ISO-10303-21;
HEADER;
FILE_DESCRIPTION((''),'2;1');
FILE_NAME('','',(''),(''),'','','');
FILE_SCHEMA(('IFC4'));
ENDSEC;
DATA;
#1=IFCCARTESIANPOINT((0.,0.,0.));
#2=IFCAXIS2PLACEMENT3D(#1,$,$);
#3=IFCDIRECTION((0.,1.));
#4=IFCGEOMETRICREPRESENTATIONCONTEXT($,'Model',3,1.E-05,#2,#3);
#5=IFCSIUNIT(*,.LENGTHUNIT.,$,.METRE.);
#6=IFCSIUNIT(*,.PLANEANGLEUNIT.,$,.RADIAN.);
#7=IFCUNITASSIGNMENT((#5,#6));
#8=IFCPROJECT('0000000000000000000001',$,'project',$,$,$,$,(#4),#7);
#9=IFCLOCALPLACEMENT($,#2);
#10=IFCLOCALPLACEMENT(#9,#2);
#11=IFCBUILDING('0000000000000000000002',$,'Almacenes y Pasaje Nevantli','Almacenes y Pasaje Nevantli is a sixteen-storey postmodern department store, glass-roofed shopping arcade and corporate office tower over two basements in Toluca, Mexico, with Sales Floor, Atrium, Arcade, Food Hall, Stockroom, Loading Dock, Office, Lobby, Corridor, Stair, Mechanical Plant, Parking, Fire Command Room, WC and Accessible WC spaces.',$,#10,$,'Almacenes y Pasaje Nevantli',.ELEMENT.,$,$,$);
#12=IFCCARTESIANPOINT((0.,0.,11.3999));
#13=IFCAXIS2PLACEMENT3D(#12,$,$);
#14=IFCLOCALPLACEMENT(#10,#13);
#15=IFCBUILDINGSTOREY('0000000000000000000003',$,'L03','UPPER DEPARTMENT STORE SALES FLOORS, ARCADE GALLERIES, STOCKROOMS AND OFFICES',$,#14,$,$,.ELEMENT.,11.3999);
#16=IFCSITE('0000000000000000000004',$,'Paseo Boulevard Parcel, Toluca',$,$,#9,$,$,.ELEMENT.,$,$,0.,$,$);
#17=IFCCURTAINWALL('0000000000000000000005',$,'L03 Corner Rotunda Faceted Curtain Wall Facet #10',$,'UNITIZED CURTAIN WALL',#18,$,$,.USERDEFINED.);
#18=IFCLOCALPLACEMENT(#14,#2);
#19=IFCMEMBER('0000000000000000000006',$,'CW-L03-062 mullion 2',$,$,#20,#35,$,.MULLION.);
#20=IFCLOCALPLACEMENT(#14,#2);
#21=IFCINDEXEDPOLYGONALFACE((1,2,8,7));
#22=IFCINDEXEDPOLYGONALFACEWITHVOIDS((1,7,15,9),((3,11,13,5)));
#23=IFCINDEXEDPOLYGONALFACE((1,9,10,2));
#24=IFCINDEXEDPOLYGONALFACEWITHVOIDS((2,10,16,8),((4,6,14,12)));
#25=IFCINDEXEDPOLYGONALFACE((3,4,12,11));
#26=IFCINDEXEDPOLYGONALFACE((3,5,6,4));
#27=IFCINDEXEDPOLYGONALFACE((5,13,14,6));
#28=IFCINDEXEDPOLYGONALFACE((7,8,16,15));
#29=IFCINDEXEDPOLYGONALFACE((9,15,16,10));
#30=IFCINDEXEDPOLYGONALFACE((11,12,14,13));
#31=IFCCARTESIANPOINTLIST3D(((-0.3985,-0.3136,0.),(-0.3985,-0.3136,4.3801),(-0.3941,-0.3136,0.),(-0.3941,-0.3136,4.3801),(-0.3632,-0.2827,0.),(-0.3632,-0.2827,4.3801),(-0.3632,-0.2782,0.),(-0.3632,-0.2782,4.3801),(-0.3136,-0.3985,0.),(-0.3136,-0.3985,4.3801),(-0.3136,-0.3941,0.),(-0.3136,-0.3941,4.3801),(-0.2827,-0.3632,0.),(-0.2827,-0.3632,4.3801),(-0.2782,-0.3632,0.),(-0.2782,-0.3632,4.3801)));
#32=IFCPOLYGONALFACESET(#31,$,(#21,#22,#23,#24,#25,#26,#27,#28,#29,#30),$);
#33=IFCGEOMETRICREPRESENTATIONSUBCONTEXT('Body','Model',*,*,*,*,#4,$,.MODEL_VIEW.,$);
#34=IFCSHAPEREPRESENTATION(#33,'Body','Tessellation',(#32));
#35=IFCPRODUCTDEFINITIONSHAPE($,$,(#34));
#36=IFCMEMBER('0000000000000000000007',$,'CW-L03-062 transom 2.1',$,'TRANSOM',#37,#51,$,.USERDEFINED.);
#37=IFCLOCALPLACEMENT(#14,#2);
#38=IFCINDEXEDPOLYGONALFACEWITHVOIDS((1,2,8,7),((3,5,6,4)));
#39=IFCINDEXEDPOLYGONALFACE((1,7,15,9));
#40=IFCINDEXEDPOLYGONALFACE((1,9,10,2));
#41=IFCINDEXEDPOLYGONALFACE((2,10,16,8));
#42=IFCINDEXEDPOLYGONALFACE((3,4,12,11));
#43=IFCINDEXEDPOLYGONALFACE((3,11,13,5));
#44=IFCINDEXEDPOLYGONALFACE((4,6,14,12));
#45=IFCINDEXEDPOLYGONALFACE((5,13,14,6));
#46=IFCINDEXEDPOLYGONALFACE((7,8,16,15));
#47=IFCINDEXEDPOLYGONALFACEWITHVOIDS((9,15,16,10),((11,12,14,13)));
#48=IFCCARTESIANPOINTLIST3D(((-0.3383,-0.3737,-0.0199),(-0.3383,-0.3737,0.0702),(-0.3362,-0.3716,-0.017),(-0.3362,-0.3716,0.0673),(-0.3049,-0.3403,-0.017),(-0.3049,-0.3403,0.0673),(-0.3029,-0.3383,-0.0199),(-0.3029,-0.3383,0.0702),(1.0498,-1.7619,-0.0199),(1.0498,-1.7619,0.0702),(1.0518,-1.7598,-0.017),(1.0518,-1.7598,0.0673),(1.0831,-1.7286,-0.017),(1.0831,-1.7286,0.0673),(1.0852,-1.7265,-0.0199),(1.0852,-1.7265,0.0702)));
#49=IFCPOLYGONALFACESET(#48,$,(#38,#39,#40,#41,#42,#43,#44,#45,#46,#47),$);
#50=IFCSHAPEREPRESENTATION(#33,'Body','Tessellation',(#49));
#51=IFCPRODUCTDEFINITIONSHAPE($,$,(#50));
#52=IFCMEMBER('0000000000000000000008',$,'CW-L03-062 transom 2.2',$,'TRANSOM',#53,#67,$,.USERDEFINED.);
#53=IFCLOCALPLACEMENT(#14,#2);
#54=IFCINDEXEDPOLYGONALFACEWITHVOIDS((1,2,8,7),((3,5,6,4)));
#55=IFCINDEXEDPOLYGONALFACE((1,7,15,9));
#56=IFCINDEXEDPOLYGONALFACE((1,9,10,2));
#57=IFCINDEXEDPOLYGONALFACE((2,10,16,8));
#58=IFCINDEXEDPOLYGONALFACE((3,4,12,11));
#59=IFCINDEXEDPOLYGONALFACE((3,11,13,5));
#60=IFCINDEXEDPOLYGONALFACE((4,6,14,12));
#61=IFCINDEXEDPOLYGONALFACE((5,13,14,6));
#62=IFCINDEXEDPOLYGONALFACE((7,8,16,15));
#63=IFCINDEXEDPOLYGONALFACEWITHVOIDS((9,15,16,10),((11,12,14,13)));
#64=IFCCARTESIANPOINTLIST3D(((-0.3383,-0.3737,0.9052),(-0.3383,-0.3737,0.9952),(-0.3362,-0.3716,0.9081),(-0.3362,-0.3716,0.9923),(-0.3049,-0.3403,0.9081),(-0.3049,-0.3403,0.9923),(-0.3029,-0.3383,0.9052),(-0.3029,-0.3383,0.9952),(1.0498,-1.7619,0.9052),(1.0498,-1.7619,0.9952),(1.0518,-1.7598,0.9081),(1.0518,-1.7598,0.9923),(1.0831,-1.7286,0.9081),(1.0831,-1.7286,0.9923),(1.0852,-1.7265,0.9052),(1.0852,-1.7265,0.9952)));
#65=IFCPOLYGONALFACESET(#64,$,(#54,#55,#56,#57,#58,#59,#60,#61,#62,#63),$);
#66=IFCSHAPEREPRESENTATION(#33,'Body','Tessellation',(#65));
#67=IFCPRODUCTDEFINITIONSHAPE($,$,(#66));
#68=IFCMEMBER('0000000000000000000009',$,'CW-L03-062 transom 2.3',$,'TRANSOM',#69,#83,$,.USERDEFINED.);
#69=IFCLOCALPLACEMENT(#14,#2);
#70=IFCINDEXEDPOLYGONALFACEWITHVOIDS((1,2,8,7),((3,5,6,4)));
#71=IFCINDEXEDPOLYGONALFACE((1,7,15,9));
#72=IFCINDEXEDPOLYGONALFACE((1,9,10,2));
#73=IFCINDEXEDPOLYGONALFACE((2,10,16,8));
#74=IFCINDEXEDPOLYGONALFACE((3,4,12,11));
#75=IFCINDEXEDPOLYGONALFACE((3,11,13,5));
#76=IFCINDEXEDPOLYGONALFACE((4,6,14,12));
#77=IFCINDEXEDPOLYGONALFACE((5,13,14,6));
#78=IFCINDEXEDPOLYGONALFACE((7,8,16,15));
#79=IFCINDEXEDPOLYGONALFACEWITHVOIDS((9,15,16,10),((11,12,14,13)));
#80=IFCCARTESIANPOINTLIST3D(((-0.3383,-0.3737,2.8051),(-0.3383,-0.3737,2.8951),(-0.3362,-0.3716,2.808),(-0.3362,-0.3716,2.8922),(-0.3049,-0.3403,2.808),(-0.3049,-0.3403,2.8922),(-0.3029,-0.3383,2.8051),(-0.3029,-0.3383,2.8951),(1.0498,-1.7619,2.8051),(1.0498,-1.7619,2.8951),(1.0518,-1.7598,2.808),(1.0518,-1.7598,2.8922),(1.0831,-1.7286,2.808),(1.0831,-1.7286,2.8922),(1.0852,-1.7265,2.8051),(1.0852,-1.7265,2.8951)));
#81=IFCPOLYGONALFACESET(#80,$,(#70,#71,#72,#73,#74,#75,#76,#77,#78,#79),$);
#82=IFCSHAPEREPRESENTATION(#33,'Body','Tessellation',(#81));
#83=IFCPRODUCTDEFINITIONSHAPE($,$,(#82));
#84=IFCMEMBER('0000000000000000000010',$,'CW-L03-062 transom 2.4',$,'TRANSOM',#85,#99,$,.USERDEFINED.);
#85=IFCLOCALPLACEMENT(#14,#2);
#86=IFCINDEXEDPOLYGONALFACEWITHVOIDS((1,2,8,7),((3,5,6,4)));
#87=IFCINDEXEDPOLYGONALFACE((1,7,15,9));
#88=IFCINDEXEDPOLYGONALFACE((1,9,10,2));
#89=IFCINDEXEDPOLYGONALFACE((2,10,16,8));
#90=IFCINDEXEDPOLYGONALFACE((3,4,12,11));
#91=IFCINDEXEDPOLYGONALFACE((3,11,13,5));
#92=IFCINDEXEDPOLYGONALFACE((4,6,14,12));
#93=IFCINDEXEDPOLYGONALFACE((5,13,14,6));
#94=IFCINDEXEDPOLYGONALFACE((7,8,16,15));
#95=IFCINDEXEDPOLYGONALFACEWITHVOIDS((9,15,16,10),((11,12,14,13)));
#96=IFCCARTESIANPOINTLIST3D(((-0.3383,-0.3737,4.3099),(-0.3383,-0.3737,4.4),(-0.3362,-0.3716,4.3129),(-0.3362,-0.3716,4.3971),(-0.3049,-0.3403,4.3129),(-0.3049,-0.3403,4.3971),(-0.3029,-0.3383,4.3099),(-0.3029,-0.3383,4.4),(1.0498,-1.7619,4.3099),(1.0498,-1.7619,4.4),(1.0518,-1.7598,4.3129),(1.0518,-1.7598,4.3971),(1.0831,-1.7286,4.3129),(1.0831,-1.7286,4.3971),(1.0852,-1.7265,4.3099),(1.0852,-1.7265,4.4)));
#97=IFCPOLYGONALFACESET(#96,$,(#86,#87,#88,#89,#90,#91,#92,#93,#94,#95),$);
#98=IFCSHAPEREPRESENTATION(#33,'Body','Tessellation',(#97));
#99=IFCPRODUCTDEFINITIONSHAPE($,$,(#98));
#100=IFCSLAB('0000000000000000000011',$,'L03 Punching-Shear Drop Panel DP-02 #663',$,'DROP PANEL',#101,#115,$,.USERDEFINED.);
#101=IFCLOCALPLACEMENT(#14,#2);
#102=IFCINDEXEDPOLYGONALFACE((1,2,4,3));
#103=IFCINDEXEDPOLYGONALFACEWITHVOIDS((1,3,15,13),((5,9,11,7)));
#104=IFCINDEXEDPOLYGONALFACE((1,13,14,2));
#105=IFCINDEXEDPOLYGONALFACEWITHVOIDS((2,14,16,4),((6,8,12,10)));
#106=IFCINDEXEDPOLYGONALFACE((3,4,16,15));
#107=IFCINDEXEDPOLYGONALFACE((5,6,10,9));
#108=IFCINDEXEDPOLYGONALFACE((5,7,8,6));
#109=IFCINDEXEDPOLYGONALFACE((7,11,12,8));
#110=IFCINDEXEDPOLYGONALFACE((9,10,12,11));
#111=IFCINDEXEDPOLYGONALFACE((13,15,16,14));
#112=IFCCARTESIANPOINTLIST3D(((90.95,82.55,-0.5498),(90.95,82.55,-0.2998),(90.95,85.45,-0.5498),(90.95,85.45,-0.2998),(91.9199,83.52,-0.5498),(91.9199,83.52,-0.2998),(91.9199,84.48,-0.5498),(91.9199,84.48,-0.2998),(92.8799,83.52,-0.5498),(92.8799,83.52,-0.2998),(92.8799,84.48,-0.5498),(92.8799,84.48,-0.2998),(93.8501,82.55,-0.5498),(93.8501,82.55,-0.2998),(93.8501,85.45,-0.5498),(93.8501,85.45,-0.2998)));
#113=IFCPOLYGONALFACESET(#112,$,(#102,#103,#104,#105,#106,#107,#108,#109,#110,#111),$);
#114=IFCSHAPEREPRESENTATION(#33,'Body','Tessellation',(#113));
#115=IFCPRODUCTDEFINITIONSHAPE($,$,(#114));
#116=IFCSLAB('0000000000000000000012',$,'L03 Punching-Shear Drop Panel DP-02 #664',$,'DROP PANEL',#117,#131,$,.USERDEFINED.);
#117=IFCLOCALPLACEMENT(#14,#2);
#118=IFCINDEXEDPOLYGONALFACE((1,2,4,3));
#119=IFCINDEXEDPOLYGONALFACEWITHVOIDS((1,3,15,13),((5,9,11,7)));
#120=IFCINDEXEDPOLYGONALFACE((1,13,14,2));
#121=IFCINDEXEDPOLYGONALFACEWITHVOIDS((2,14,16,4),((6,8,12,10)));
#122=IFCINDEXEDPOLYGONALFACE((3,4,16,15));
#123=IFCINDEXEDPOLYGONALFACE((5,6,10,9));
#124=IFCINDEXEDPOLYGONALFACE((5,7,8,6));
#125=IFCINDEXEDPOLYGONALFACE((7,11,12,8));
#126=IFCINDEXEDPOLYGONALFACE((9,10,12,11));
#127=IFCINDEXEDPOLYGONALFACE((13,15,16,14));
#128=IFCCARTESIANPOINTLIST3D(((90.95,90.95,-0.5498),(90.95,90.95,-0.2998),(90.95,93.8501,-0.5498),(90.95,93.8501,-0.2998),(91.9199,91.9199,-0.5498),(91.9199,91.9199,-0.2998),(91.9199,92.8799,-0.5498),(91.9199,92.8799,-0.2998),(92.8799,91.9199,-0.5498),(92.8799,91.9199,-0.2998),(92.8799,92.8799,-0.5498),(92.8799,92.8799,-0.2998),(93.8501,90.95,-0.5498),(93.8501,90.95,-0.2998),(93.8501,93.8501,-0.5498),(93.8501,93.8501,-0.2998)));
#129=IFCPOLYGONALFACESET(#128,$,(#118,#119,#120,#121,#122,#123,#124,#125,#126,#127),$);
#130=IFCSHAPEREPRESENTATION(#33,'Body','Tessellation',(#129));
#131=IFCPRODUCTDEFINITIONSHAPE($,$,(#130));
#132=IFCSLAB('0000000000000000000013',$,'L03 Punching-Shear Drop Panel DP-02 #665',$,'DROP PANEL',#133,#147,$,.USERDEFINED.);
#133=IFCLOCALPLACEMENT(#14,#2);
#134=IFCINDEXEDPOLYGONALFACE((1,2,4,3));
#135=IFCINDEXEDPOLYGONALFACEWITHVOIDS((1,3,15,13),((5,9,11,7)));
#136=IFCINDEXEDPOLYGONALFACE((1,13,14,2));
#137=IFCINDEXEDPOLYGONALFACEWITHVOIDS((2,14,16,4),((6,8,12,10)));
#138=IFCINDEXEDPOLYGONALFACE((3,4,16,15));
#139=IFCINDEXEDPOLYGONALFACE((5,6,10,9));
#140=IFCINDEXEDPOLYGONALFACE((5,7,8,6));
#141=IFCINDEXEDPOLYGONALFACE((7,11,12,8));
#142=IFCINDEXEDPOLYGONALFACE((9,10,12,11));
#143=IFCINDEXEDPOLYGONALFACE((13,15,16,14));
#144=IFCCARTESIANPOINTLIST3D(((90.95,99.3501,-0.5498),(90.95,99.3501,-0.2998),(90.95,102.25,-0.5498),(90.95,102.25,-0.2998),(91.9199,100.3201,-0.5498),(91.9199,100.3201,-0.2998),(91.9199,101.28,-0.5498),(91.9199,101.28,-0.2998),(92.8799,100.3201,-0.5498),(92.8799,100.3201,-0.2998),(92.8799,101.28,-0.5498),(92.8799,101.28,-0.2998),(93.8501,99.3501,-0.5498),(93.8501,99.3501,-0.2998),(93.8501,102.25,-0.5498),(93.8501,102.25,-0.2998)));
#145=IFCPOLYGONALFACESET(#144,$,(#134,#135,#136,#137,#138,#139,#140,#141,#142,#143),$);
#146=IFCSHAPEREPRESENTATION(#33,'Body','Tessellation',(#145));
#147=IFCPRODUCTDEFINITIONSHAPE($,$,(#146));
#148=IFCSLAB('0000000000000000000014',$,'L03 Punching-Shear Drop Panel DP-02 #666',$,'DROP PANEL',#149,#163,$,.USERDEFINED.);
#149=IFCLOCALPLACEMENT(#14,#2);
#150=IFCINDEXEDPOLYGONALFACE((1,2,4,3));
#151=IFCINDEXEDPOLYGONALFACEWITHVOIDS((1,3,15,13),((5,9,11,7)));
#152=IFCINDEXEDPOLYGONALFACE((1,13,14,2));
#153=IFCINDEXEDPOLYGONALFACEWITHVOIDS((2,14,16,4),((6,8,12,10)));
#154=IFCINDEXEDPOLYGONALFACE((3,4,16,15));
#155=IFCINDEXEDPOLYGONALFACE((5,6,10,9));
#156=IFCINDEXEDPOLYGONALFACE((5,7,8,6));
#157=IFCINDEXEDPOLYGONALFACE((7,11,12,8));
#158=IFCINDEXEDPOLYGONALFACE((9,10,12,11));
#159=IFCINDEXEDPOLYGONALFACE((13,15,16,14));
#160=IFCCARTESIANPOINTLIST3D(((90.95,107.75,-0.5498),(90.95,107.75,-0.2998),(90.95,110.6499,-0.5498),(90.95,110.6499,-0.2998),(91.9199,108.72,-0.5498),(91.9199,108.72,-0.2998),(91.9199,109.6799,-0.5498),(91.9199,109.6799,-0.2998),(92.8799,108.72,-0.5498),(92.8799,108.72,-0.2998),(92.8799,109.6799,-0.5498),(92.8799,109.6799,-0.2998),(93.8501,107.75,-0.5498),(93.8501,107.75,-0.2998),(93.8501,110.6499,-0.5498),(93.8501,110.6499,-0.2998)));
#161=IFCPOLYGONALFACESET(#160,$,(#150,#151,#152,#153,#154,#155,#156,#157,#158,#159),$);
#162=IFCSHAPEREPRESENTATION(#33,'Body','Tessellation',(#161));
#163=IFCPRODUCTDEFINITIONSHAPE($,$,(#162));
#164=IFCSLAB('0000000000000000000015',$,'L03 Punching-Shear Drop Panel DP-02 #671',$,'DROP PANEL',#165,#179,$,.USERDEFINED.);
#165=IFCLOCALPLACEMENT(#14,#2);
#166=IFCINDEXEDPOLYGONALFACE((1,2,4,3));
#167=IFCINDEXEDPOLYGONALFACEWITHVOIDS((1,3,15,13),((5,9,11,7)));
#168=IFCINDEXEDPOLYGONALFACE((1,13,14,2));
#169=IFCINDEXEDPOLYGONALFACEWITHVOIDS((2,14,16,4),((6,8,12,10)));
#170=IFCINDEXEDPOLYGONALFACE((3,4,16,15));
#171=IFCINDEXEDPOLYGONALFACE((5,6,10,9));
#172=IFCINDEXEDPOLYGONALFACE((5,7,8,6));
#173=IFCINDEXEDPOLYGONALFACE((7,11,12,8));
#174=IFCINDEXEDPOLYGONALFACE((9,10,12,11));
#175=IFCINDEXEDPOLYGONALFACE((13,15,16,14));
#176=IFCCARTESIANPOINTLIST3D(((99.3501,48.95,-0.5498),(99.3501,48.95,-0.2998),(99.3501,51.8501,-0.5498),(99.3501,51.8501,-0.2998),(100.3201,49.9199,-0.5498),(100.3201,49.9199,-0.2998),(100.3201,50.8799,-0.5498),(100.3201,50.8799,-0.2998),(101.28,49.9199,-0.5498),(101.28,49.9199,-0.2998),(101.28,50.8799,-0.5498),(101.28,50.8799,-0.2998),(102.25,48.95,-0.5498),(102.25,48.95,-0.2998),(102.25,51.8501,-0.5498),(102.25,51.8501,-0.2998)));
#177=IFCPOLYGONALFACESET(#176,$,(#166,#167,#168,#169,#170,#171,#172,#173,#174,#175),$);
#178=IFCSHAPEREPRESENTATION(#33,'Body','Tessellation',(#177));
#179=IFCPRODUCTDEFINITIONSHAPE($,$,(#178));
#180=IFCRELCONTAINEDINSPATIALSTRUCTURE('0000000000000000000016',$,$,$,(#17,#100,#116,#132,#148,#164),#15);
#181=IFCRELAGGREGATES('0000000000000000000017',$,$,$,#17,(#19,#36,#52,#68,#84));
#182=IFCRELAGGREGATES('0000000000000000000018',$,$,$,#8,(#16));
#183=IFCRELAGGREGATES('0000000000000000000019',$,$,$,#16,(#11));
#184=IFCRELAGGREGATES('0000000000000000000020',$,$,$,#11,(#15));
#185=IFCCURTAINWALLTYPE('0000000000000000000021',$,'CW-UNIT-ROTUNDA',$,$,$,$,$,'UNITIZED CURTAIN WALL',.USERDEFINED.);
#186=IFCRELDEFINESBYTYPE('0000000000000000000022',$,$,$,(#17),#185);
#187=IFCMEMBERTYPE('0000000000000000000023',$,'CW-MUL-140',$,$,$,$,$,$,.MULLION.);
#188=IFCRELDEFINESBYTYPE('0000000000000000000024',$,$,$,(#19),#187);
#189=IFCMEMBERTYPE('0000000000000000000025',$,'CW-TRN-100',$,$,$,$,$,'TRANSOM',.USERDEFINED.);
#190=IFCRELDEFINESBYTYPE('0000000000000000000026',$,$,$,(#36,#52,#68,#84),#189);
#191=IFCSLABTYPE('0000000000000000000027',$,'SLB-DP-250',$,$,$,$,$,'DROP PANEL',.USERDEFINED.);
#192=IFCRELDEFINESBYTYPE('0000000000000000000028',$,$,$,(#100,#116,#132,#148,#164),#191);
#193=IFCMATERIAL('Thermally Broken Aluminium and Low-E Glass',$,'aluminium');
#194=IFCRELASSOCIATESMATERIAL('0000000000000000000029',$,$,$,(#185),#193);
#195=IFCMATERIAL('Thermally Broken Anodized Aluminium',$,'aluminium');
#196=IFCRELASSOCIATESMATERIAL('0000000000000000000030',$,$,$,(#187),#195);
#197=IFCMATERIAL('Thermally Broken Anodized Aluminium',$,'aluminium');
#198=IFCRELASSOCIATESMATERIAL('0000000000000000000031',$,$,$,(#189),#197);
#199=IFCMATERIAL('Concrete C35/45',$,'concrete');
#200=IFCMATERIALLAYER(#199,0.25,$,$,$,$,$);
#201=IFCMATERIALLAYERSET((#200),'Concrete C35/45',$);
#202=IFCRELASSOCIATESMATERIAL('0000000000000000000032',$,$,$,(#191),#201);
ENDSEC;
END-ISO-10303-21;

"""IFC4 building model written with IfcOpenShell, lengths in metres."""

from ifc_helpers import new_model, si_unit, direction, frame, origin, origin_2d, place, context, subcontext, project, spatial, polyline, hollow_rectangle, outline, extrude, material, layer, layer_set, material_profile, profile_set, type_object, element, aggregate, save


model = new_model("IFC4")

# Units and contexts
model_context = context("Model", 3, precision=1e-05, world=origin(), true_north=direction((0.0, 1.0)))
body_context = subcontext(model_context, "Body", "Model", "MODEL_VIEW")
ifc_project = project(units=[si_unit("LENGTHUNIT", "METRE"), si_unit("PLANEANGLEUNIT", "RADIAN")], contexts=[model_context])

# Site, building, storey
site_placement = place(None, origin())
site = spatial("IfcSite", under=ifc_project, at=site_placement, Name="Paseo Boulevard Parcel, Toluca", CompositionType="ELEMENT", RefElevation=0.0)
building_placement = place(site_placement, origin())
building = spatial("IfcBuilding", under=site, at=building_placement, Name="Almacenes y Pasaje Nevantli", Description="Almacenes y Pasaje Nevantli is a sixteen-storey postmodern department store, glass-roofed shopping arcade and corporate office tower over two basements in Toluca, Mexico, with Sales Floor, Atrium, Arcade, Food Hall, Stockroom, Loading Dock, Office, Lobby, Corridor, Stair, Mechanical Plant, Parking, Fire Command Room, WC and Accessible WC spaces.", LongName="Almacenes y Pasaje Nevantli", CompositionType="ELEMENT")
storey_placement = place(building_placement, frame((0.0, 0.0, 11.3999)))
storey = spatial("IfcBuildingStorey", under=building, at=storey_placement, Name="L03", Description="UPPER DEPARTMENT STORE SALES FLOORS, ARCADE GALLERIES, STOCKROOMS AND OFFICES", CompositionType="ELEMENT", Elevation=11.3999)

# Curtain wall, members
ifc_material_1 = material(Name="Thermally Broken Aluminium and Low-E Glass", Category="aluminium")
curtain_wall_type = type_object("IfcCurtainWallType", Name="CW-UNIT-ROTUNDA", ElementType="UNITIZED CURTAIN WALL", PredefinedType="USERDEFINED", material=ifc_material_1)
curtain_wall_placement = place(storey_placement, origin())
curtain_wall = element("IfcCurtainWall", 1, at=curtain_wall_placement, inside=storey, type_object=curtain_wall_type, Name="L03 Corner Rotunda Faceted Curtain Wall Facet #10", ObjectType="UNITIZED CURTAIN WALL", PredefinedType="USERDEFINED")
ifc_material_2 = material(Name="Thermally Broken Anodized Aluminium", Category="aluminium")
ifc_material_profile_1 = material_profile(ifc_material_2, hollow_rectangle(XDim=0.05, YDim=0.1201, WallThickness=0.0032, at=origin_2d()), Name="ALU-MUL-50x120")
ifc_profile_set_1 = profile_set([ifc_material_profile_1], Name="Thermally Broken Anodized Aluminium")
member_type_1 = type_object("IfcMemberType", Name="CW-MUL-140", PredefinedType="MULLION", material=ifc_profile_set_1)
member_1_placement = place(storey_placement, frame((-0.3384, -0.3384, 0.0), z_axis=(0.0, 0.0, 1.0), x_axis=(0.707107, 0.707107, 0.0)))
member_1 = element("IfcMember", 2, at=member_1_placement, type_object=member_type_1, Name="CW-L03-062 mullion 2", PredefinedType="MULLION", context=body_context, shape_type="SweptSolid", body=[
    extrude(hollow_rectangle(XDim=0.05, YDim=0.1201, WallThickness=0.0032, at=origin_2d()), origin(), (0.0, 0.0, 1.0), 4.3801),
])
ifc_material_3 = material(Name="Thermally Broken Anodized Aluminium", Category="aluminium")
ifc_material_profile_2 = material_profile(ifc_material_3, hollow_rectangle(XDim=0.05, YDim=0.0901, WallThickness=0.0029, at=origin_2d()), Name="ALU-TRN-50x90")
ifc_profile_set_2 = profile_set([ifc_material_profile_2], Name="Thermally Broken Anodized Aluminium")
member_type_2 = type_object("IfcMemberType", Name="CW-TRN-100", ElementType="TRANSOM", PredefinedType="USERDEFINED", material=ifc_profile_set_2)
member_2_placement = place(storey_placement, frame((-0.3206, -0.356, 0.0251), z_axis=(0.707045, -0.707169, 0.0), x_axis=(0.707169, 0.707045, 0.0)))
member_2 = element("IfcMember", 3, at=member_2_placement, type_object=member_type_2, Name="CW-L03-062 transom 2.1", ObjectType="TRANSOM", PredefinedType="USERDEFINED", context=body_context, shape_type="SweptSolid", body=[
    extrude(hollow_rectangle(XDim=0.05, YDim=0.0901, WallThickness=0.0029, at=origin_2d()), origin(), (0.0, 0.0, 1.0), 1.9631),
])
member_3_placement = place(storey_placement, frame((-0.3206, -0.356, 0.9502), z_axis=(0.707045, -0.707169, 0.0), x_axis=(0.707169, 0.707045, 0.0)))
member_3 = element("IfcMember", 4, at=member_3_placement, type_object=member_type_2, Name="CW-L03-062 transom 2.2", ObjectType="TRANSOM", PredefinedType="USERDEFINED", context=body_context, shape_type="SweptSolid", body=[
    extrude(hollow_rectangle(XDim=0.05, YDim=0.0901, WallThickness=0.0029, at=origin_2d()), origin(), (0.0, 0.0, 1.0), 1.9631),
])
member_4_placement = place(storey_placement, frame((-0.3206, -0.356, 2.8501), z_axis=(0.707045, -0.707169, 0.0), x_axis=(0.707169, 0.707045, 0.0)))
member_4 = element("IfcMember", 5, at=member_4_placement, type_object=member_type_2, Name="CW-L03-062 transom 2.3", ObjectType="TRANSOM", PredefinedType="USERDEFINED", context=body_context, shape_type="SweptSolid", body=[
    extrude(hollow_rectangle(XDim=0.05, YDim=0.0901, WallThickness=0.0029, at=origin_2d()), origin(), (0.0, 0.0, 1.0), 1.9631),
])
member_5_placement = place(storey_placement, frame((-0.3206, -0.356, 4.355), z_axis=(0.707045, -0.707169, 0.0), x_axis=(0.707169, 0.707045, 0.0)))
member_5 = element("IfcMember", 6, at=member_5_placement, type_object=member_type_2, Name="CW-L03-062 transom 2.4", ObjectType="TRANSOM", PredefinedType="USERDEFINED", context=body_context, shape_type="SweptSolid", body=[
    extrude(hollow_rectangle(XDim=0.05, YDim=0.0901, WallThickness=0.0029, at=origin_2d()), origin(), (0.0, 0.0, 1.0), 1.9631),
])
aggregate(curtain_wall, [member_1, member_2, member_3, member_4, member_5])

# Slabs
ifc_material_4 = material(Name="Concrete C35/45", Category="concrete")
ifc_layer_1 = layer(ifc_material_4, 0.25)
ifc_layer_set_1 = layer_set([ifc_layer_1], Name="Concrete C35/45")
slab_type_1 = type_object("IfcSlabType", Name="SLB-DP-250", ElementType="DROP PANEL", PredefinedType="USERDEFINED", material=ifc_layer_set_1)
slab_1_placement = place(storey_placement, frame((0.0, 0.0, -0.5498)))
element("IfcSlab", 7, at=slab_1_placement, inside=storey, type_object=slab_type_1, Name="L03 Punching-Shear Drop Panel DP-02 #663", ObjectType="DROP PANEL", PredefinedType="USERDEFINED", context=body_context, shape_type="SweptSolid", body=[
    extrude(outline(polyline([(90.95, 82.55), (93.8501, 82.55), (93.8501, 85.45), (90.95, 85.45), (90.95, 82.55)]), holes=[polyline([(91.9199, 83.52), (92.8799, 83.52), (92.8799, 84.48), (91.9199, 84.48), (91.9199, 83.52)])]), origin(), (0.0, 0.0, 1.0), 0.25),
])
slab_2_placement = place(storey_placement, frame((0.0, 0.0, -0.5498)))
element("IfcSlab", 8, at=slab_2_placement, inside=storey, type_object=slab_type_1, Name="L03 Punching-Shear Drop Panel DP-02 #664", ObjectType="DROP PANEL", PredefinedType="USERDEFINED", context=body_context, shape_type="SweptSolid", body=[
    extrude(outline(polyline([(90.95, 90.95), (93.8501, 90.95), (93.8501, 93.8501), (90.95, 93.8501), (90.95, 90.95)]), holes=[polyline([(91.9199, 91.9199), (92.8799, 91.9199), (92.8799, 92.8799), (91.9199, 92.8799), (91.9199, 91.9199)])]), origin(), (0.0, 0.0, 1.0), 0.25),
])
slab_3_placement = place(storey_placement, frame((0.0, 0.0, -0.5498)))
element("IfcSlab", 9, at=slab_3_placement, inside=storey, type_object=slab_type_1, Name="L03 Punching-Shear Drop Panel DP-02 #665", ObjectType="DROP PANEL", PredefinedType="USERDEFINED", context=body_context, shape_type="SweptSolid", body=[
    extrude(outline(polyline([(90.95, 99.3501), (93.8501, 99.3501), (93.8501, 102.25), (90.95, 102.25), (90.95, 99.3501)]), holes=[polyline([(91.9199, 100.3201), (92.8799, 100.3201), (92.8799, 101.28), (91.9199, 101.28), (91.9199, 100.3201)])]), origin(), (0.0, 0.0, 1.0), 0.25),
])
slab_4_placement = place(storey_placement, frame((0.0, 0.0, -0.5498)))
element("IfcSlab", 10, at=slab_4_placement, inside=storey, type_object=slab_type_1, Name="L03 Punching-Shear Drop Panel DP-02 #666", ObjectType="DROP PANEL", PredefinedType="USERDEFINED", context=body_context, shape_type="SweptSolid", body=[
    extrude(outline(polyline([(90.95, 107.75), (93.8501, 107.75), (93.8501, 110.6499), (90.95, 110.6499), (90.95, 107.75)]), holes=[polyline([(91.9199, 108.72), (92.8799, 108.72), (92.8799, 109.6799), (91.9199, 109.6799), (91.9199, 108.72)])]), origin(), (0.0, 0.0, 1.0), 0.25),
])
slab_5_placement = place(storey_placement, frame((0.0, 0.0, -0.5498)))
element("IfcSlab", 11, at=slab_5_placement, inside=storey, type_object=slab_type_1, Name="L03 Punching-Shear Drop Panel DP-02 #671", ObjectType="DROP PANEL", PredefinedType="USERDEFINED", context=body_context, shape_type="SweptSolid", body=[
    extrude(outline(polyline([(99.3501, 48.95), (102.25, 48.95), (102.25, 51.8501), (99.3501, 51.8501), (99.3501, 48.95)]), holes=[polyline([(100.3201, 49.9199), (101.28, 49.9199), (101.28, 50.8799), (100.3201, 50.8799), (100.3201, 49.9199)])]), origin(), (0.0, 0.0, 1.0), 0.25),
])

save(model, "model.ifc")
